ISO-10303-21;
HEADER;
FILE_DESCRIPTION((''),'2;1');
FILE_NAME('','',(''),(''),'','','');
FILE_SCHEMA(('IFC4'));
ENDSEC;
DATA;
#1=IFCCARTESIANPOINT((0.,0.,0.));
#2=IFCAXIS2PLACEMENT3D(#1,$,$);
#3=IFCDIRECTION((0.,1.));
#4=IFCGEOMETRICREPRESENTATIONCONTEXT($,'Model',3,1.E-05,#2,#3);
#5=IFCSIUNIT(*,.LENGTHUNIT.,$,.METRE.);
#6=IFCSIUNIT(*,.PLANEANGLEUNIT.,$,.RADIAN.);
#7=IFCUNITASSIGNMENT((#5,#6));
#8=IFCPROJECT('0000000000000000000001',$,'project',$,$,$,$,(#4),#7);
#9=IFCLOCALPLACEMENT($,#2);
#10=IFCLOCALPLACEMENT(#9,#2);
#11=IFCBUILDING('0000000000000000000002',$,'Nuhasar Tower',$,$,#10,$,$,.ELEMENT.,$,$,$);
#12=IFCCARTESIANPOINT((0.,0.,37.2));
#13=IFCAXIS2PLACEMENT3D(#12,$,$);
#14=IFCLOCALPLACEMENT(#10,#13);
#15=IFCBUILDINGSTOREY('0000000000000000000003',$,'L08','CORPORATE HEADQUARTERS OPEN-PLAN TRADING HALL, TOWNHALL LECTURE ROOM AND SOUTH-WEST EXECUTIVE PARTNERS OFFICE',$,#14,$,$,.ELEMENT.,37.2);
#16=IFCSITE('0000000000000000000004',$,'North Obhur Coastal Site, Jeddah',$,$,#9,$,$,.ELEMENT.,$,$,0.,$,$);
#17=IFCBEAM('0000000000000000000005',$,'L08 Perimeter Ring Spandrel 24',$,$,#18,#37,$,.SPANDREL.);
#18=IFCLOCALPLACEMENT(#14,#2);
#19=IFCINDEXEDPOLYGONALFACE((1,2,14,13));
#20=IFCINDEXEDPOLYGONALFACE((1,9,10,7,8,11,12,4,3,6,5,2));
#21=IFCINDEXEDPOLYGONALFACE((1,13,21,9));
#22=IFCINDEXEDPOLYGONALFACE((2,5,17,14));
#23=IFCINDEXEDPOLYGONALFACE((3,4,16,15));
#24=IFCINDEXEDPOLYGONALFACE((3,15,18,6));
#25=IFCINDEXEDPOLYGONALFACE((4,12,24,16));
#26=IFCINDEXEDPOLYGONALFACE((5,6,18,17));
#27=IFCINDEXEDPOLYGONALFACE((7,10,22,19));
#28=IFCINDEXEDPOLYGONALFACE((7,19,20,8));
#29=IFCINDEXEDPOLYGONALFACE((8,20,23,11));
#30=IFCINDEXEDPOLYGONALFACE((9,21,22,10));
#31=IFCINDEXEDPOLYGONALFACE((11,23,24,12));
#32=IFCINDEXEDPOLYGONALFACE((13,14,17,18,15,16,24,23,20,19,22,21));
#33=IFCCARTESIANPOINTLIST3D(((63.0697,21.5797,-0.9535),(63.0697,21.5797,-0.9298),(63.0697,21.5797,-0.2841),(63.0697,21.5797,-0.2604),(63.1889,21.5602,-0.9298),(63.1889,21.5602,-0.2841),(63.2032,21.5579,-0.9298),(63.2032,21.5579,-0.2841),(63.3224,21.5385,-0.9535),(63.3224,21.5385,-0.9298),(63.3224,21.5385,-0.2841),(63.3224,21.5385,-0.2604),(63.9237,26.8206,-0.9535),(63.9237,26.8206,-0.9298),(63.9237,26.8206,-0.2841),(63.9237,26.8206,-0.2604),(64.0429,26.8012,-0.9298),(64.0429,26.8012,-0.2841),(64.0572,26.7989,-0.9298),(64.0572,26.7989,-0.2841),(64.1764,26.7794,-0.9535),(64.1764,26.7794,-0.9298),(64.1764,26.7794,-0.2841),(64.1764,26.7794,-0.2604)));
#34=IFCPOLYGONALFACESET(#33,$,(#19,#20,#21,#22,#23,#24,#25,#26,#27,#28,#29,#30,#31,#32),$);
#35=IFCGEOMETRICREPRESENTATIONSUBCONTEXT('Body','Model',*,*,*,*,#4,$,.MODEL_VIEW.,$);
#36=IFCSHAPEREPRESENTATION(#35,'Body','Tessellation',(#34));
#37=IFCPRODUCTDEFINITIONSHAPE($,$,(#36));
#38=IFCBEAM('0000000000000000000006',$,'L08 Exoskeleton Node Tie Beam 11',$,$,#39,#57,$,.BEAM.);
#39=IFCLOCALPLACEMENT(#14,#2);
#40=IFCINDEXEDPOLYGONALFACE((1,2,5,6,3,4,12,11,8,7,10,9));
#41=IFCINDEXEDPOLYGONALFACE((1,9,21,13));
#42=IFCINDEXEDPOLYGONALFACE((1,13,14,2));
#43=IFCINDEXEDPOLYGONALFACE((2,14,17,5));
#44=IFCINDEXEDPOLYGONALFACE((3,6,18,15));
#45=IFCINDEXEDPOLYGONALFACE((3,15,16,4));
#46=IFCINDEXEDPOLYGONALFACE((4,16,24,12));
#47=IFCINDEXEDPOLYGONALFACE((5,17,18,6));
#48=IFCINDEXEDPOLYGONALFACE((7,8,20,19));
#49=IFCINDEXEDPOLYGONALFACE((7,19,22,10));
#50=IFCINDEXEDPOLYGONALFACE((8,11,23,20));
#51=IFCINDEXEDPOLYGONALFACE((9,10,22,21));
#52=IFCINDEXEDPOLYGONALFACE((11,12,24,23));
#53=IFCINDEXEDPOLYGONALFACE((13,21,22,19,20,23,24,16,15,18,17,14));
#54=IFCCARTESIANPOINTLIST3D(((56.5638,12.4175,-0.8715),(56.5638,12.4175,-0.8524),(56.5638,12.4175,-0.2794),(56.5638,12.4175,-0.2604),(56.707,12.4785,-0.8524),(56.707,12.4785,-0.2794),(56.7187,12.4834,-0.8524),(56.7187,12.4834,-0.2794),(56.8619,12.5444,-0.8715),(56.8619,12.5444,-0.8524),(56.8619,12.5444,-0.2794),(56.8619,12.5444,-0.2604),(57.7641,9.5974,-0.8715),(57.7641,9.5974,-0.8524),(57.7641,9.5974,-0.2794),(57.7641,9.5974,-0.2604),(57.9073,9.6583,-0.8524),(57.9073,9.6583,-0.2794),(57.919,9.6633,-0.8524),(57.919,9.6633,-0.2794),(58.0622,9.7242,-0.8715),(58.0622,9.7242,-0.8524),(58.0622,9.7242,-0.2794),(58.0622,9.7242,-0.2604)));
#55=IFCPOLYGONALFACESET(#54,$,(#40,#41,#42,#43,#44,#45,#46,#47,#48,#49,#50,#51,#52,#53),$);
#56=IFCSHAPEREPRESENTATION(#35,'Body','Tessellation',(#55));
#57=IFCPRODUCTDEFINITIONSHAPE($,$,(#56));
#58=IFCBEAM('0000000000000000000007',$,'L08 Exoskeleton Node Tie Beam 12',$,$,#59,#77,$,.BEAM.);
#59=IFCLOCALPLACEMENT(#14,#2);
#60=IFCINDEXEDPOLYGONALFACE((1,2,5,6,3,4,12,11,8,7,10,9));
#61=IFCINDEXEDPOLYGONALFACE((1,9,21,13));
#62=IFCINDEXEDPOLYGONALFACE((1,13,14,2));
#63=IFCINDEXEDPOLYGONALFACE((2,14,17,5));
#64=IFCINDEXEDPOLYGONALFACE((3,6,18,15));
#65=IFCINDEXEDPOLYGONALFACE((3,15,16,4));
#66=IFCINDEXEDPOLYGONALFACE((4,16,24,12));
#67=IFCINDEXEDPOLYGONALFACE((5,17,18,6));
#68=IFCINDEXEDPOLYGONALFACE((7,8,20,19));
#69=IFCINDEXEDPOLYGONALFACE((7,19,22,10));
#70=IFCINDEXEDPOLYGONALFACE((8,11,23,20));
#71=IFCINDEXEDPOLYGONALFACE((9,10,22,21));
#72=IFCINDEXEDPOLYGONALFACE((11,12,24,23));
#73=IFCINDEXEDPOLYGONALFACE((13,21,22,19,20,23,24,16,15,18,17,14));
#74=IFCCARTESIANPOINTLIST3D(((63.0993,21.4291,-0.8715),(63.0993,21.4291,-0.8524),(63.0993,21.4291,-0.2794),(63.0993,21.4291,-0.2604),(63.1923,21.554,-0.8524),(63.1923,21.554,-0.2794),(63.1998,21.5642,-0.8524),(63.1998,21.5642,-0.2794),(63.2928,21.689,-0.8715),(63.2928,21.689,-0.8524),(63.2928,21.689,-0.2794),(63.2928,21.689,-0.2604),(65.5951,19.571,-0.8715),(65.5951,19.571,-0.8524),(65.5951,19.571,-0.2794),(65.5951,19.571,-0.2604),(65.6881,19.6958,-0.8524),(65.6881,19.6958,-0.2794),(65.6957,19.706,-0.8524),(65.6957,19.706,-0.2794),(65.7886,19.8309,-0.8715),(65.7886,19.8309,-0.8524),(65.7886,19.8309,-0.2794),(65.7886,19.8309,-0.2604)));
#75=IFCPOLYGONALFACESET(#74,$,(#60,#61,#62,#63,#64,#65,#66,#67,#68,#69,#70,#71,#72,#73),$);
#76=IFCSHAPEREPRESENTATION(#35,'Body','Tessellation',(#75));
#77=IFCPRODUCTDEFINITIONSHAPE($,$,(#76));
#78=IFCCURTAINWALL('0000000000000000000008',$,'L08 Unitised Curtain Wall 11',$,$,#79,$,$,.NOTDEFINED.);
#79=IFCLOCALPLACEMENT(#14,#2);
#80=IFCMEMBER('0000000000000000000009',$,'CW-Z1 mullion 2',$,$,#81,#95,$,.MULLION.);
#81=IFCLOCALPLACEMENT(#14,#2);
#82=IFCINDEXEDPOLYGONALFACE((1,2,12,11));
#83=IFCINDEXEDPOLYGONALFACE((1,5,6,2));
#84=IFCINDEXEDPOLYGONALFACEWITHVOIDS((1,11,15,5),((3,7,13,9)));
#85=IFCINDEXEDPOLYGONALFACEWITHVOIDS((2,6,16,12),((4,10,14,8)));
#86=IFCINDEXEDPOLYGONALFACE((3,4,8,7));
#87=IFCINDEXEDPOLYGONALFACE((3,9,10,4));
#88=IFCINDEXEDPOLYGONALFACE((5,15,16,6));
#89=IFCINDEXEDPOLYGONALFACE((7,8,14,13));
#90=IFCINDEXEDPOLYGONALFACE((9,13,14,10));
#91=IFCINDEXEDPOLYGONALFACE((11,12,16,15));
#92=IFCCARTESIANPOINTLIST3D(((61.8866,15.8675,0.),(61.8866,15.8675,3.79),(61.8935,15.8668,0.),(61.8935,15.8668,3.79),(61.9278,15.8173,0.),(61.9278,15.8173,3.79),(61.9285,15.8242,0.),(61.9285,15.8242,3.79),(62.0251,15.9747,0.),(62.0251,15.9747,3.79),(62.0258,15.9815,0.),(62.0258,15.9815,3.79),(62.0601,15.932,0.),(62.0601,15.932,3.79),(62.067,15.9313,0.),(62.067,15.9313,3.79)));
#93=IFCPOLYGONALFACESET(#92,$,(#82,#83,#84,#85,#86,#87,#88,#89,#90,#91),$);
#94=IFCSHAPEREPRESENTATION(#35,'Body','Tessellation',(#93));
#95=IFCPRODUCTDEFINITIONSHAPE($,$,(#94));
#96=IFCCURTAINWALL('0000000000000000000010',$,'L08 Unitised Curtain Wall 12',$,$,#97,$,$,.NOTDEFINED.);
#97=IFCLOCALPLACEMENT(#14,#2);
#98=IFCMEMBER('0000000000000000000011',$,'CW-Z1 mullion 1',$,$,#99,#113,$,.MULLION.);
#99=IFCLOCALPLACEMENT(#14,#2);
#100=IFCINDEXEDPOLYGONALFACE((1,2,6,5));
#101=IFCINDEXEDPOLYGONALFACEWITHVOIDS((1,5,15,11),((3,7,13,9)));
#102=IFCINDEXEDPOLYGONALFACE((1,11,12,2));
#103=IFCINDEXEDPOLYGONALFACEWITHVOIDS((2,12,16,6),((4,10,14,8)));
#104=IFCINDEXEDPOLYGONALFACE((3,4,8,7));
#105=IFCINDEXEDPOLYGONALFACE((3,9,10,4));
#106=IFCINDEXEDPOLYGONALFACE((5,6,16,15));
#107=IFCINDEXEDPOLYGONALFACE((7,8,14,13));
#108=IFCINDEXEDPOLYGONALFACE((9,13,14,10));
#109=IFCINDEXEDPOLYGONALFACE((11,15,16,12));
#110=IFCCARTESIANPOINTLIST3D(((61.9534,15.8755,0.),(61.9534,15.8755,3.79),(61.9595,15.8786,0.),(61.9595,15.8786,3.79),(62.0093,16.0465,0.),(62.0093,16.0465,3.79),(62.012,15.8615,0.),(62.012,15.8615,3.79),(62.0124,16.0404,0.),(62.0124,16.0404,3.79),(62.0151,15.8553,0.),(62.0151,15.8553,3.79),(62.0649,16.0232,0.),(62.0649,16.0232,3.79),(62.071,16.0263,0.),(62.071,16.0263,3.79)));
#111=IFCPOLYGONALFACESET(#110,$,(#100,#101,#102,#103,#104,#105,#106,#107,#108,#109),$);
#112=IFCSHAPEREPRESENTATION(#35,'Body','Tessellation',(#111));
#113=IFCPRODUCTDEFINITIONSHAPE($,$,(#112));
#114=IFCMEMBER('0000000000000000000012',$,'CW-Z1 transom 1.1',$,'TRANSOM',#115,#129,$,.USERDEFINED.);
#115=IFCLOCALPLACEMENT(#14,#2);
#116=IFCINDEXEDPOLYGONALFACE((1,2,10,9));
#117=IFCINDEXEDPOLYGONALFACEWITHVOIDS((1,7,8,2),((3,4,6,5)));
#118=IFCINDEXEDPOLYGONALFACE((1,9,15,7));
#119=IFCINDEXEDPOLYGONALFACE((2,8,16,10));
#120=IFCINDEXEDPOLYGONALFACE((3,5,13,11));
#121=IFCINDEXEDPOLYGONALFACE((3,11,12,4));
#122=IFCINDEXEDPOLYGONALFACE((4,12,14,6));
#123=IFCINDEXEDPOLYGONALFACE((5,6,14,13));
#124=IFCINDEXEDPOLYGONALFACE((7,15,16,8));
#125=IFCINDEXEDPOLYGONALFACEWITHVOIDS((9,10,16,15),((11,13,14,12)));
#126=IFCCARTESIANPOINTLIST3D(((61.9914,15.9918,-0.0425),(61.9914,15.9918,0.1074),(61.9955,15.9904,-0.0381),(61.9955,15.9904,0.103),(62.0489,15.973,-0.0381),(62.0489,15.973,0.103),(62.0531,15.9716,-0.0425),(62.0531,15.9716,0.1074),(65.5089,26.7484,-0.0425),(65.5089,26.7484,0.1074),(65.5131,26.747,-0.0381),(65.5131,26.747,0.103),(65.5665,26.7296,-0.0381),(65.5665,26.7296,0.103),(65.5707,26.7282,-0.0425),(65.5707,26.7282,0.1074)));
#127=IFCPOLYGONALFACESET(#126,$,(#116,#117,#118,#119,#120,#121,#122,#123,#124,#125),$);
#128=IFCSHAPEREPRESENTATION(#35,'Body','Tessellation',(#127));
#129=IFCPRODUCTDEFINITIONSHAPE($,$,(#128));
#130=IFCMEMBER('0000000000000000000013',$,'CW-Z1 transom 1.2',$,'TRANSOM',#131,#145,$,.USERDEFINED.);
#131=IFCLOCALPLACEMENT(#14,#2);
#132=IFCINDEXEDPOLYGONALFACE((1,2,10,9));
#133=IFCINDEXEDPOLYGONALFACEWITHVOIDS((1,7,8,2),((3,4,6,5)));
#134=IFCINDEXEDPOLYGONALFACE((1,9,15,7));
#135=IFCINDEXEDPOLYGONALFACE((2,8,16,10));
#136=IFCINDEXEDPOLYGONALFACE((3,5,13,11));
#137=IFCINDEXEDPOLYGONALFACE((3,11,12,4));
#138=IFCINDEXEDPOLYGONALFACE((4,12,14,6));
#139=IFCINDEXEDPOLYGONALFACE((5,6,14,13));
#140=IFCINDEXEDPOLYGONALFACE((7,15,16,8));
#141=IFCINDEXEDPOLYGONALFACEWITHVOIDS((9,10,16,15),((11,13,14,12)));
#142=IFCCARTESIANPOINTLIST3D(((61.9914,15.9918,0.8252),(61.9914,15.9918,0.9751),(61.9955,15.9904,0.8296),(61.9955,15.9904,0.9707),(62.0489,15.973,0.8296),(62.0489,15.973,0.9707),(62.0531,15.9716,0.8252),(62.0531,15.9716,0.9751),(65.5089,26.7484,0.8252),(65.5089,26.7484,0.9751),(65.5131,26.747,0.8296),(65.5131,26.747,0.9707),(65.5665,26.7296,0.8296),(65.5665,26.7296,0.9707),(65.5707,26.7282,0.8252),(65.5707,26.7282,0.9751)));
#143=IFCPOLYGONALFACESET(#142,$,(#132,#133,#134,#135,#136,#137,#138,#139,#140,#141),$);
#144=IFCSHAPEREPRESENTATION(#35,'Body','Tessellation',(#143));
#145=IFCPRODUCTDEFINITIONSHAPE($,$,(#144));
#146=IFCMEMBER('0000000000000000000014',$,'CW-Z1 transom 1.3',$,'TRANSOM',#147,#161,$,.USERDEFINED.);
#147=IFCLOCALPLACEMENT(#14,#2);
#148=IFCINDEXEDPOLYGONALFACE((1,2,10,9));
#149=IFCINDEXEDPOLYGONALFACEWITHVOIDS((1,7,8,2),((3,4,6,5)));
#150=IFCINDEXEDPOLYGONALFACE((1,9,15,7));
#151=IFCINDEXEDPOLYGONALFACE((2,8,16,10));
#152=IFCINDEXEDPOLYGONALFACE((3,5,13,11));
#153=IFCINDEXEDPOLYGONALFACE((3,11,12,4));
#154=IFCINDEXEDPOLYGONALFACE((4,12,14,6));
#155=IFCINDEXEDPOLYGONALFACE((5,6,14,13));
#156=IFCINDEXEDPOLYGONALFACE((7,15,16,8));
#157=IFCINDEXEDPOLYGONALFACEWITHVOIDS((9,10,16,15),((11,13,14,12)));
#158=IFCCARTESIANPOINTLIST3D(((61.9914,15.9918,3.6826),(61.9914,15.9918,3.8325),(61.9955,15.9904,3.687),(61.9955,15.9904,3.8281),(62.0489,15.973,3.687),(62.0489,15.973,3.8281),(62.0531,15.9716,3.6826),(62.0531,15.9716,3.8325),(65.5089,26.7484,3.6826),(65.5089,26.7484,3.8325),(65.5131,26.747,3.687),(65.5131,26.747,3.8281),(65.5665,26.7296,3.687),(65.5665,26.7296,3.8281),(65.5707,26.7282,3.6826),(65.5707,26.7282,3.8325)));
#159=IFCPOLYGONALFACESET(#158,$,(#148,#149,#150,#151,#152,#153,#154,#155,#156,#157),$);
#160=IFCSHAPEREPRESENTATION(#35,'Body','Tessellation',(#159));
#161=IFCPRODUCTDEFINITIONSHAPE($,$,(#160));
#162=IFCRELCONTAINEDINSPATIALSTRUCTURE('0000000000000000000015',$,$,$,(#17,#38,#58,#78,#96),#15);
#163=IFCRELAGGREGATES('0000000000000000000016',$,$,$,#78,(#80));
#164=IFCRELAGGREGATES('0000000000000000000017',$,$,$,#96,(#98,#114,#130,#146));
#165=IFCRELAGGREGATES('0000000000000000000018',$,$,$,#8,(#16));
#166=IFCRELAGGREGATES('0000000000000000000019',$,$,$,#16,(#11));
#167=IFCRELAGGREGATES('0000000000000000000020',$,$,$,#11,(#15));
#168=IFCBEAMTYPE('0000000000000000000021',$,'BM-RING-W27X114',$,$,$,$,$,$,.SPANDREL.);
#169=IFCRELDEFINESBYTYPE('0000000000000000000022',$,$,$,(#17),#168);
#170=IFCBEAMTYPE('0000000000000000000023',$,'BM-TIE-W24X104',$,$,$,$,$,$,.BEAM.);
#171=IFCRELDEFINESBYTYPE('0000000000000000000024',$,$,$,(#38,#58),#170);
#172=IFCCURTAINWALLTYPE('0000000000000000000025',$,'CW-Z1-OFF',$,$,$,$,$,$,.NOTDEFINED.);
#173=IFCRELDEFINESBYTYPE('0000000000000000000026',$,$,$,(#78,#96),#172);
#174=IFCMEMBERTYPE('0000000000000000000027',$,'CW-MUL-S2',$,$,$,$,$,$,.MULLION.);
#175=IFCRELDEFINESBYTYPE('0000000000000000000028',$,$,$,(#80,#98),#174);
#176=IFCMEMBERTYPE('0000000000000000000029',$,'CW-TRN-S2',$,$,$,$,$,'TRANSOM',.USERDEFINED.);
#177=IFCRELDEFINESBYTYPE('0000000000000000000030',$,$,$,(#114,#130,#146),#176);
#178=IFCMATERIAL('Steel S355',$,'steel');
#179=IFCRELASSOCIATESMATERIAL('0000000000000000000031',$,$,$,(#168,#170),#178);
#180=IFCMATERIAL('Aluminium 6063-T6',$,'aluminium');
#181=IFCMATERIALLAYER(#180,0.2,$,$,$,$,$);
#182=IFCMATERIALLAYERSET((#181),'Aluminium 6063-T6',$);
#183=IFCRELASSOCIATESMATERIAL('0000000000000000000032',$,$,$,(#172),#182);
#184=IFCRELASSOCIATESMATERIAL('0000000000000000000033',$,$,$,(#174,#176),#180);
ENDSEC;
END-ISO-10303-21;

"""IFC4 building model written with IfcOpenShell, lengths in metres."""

from ifc_helpers import new_model, si_unit, direction, frame, origin, origin_2d, place, context, subcontext, project, spatial, hollow_rectangle, i_section, extrude, material, layer, layer_set, material_profile, profile_set, type_object, element, aggregate, save


model = new_model("IFC4")

# Units and contexts
model_context = context("Model", 3, precision=1e-05, world=origin(), true_north=direction((0.0, 1.0)))
body_context = subcontext(model_context, "Body", "Model", "MODEL_VIEW")
ifc_project = project(units=[si_unit("LENGTHUNIT", "METRE"), si_unit("PLANEANGLEUNIT", "RADIAN")], contexts=[model_context])

# Site, building, storey
site_placement = place(None, origin())
site = spatial("IfcSite", under=ifc_project, at=site_placement, Name="North Obhur Coastal Site, Jeddah", CompositionType="ELEMENT", RefElevation=0.0)
building_placement = place(site_placement, origin())
building = spatial("IfcBuilding", under=site, at=building_placement, Name="Nuhasar Tower", CompositionType="ELEMENT")
storey_placement = place(building_placement, frame((0.0, 0.0, 37.2)))
storey = spatial("IfcBuildingStorey", under=building, at=storey_placement, Name="L08", Description="CORPORATE HEADQUARTERS OPEN-PLAN TRADING HALL, TOWNHALL LECTURE ROOM AND SOUTH-WEST EXECUTIVE PARTNERS OFFICE", CompositionType="ELEMENT", Elevation=37.2)

# Beams
ifc_material_1 = material(Name="Steel S355", Category="steel")
ifc_material_profile_1 = material_profile(ifc_material_1, i_section(OverallWidth=0.2561, OverallDepth=0.6931, WebThickness=0.0144, FlangeThickness=0.0237, at=origin_2d()), Name="W27X114")
ifc_profile_set_1 = profile_set([ifc_material_profile_1], Name="Steel S355")
beam_type_1 = type_object("IfcBeamType", Name="BM-RING-W27X114", PredefinedType="SPANDREL", material=ifc_profile_set_1)
beam_1_placement = place(storey_placement, frame((63.196, 21.5591, -0.6069), z_axis=(0.160827, 0.986983, 0.0), x_axis=(-0.986983, 0.160827, 0.0)))
element("IfcBeam", 1, at=beam_1_placement, inside=storey, type_object=beam_type_1, Name="L08 Perimeter Ring Spandrel 24", PredefinedType="SPANDREL", context=body_context, shape_type="SweptSolid", body=[
    extrude(i_section(OverallWidth=0.2561, OverallDepth=0.6931, WebThickness=0.0144, FlangeThickness=0.0237, at=origin_2d()), origin(), (0.0, 0.0, 1.0), 5.3101),
])
ifc_material_profile_2 = material_profile(ifc_material_1, i_section(OverallWidth=0.324, OverallDepth=0.6111, WebThickness=0.0127, FlangeThickness=0.019, at=origin_2d()), Name="W24X104")
ifc_profile_set_2 = profile_set([ifc_material_profile_2], Name="Steel S355")
beam_type_2 = type_object("IfcBeamType", Name="BM-TIE-W24X104", PredefinedType="BEAM", material=ifc_profile_set_2)
beam_2_placement = place(storey_placement, frame((56.7129, 12.481, -0.5659), z_axis=(0.391601, -0.920135, 0.0), x_axis=(0.920135, 0.391601, 0.0)))
element("IfcBeam", 2, at=beam_2_placement, inside=storey, type_object=beam_type_2, Name="L08 Exoskeleton Node Tie Beam 11", PredefinedType="BEAM", context=body_context, shape_type="SweptSolid", body=[
    extrude(i_section(OverallWidth=0.324, OverallDepth=0.6111, WebThickness=0.0127, FlangeThickness=0.019, at=origin_2d()), origin(), (0.0, 0.0, 1.0), 3.0649),
])
beam_3_placement = place(storey_placement, frame((63.196, 21.5591, -0.5659), z_axis=(0.802113, -0.597172, 0.0), x_axis=(0.597172, 0.802113, 0.0)))
element("IfcBeam", 3, at=beam_3_placement, inside=storey, type_object=beam_type_2, Name="L08 Exoskeleton Node Tie Beam 12", PredefinedType="BEAM", context=body_context, shape_type="SweptSolid", body=[
    extrude(i_section(OverallWidth=0.324, OverallDepth=0.6111, WebThickness=0.0127, FlangeThickness=0.019, at=origin_2d()), origin(), (0.0, 0.0, 1.0), 3.1116),
])

# Curtain wall, member
ifc_material_2 = material(Name="Aluminium 6063-T6", Category="aluminium")
ifc_layer_1 = layer(ifc_material_2, 0.2)
ifc_layer_set_1 = layer_set([ifc_layer_1], Name="Aluminium 6063-T6")
curtain_wall_type = type_object("IfcCurtainWallType", Name="CW-Z1-OFF", PredefinedType="NOTDEFINED", material=ifc_layer_set_1)
curtain_wall_1_placement = place(storey_placement, origin())
curtain_wall_1 = element("IfcCurtainWall", 4, at=curtain_wall_1_placement, inside=storey, type_object=curtain_wall_type, Name="L08 Unitised Curtain Wall 11", PredefinedType="NOTDEFINED")
ifc_material_profile_3 = material_profile(ifc_material_2, hollow_rectangle(XDim=0.0649, YDim=0.1799, WallThickness=0.0049, at=origin_2d()), Name="CWM-2")
ifc_profile_set_3 = profile_set([ifc_material_profile_3], Name="Aluminium 6063-T6")
member_type_1 = type_object("IfcMemberType", Name="CW-MUL-S2", PredefinedType="MULLION", material=ifc_profile_set_3)
member_1_placement = place(storey_placement, frame((61.9768, 15.8994, 0.0), z_axis=(0.0, 0.0, 1.0), x_axis=(-0.633745, 0.773542, 0.0)))
member_1 = element("IfcMember", 5, at=member_1_placement, type_object=member_type_1, Name="CW-Z1 mullion 2", PredefinedType="MULLION", context=body_context, shape_type="SweptSolid", body=[
    extrude(hollow_rectangle(XDim=0.0649, YDim=0.1799, WallThickness=0.0049, at=origin_2d()), origin(), (0.0, 0.0, 1.0), 3.79),
])

# Curtain wall, members
curtain_wall_2_placement = place(storey_placement, origin())
curtain_wall_2 = element("IfcCurtainWall", 6, at=curtain_wall_2_placement, inside=storey, type_object=curtain_wall_type, Name="L08 Unitised Curtain Wall 12", PredefinedType="NOTDEFINED")
member_2_placement = place(storey_placement, frame((62.0122, 15.9509, 0.0), z_axis=(0.0, 0.0, 1.0), x_axis=(-0.950468, 0.310824, 0.0)))
member_2 = element("IfcMember", 7, at=member_2_placement, type_object=member_type_1, Name="CW-Z1 mullion 1", PredefinedType="MULLION", context=body_context, shape_type="SweptSolid", body=[
    extrude(hollow_rectangle(XDim=0.0649, YDim=0.1799, WallThickness=0.0049, at=origin_2d()), origin(), (0.0, 0.0, 1.0), 3.79),
])
ifc_material_profile_4 = material_profile(ifc_material_2, hollow_rectangle(XDim=0.0649, YDim=0.1499, WallThickness=0.0044, at=origin_2d()), Name="CWT-2")
ifc_profile_set_4 = profile_set([ifc_material_profile_4], Name="Aluminium 6063-T6")
member_type_2 = type_object("IfcMemberType", Name="CW-TRN-S2", ElementType="TRANSOM", PredefinedType="USERDEFINED", material=ifc_profile_set_4)
member_3_placement = place(storey_placement, frame((62.0222, 15.9817, 0.0325), z_axis=(0.310819, 0.950469, 0.0), x_axis=(-0.950469, 0.310819, 0.0)))
member_3 = element("IfcMember", 8, at=member_3_placement, type_object=member_type_2, Name="CW-Z1 transom 1.1", ObjectType="TRANSOM", PredefinedType="USERDEFINED", context=body_context, shape_type="SweptSolid", body=[
    extrude(hollow_rectangle(XDim=0.0649, YDim=0.1499, WallThickness=0.0044, at=origin_2d()), origin(), (0.0, 0.0, 1.0), 11.3171),
])
member_4_placement = place(storey_placement, frame((62.0222, 15.9817, 0.9001), z_axis=(0.310819, 0.950469, 0.0), x_axis=(-0.950469, 0.310819, 0.0)))
member_4 = element("IfcMember", 9, at=member_4_placement, type_object=member_type_2, Name="CW-Z1 transom 1.2", ObjectType="TRANSOM", PredefinedType="USERDEFINED", context=body_context, shape_type="SweptSolid", body=[
    extrude(hollow_rectangle(XDim=0.0649, YDim=0.1499, WallThickness=0.0044, at=origin_2d()), origin(), (0.0, 0.0, 1.0), 11.3171),
])
member_5_placement = place(storey_placement, frame((62.0222, 15.9817, 3.7576), z_axis=(0.310819, 0.950469, 0.0), x_axis=(-0.950469, 0.310819, 0.0)))
member_5 = element("IfcMember", 10, at=member_5_placement, type_object=member_type_2, Name="CW-Z1 transom 1.3", ObjectType="TRANSOM", PredefinedType="USERDEFINED", context=body_context, shape_type="SweptSolid", body=[
    extrude(hollow_rectangle(XDim=0.0649, YDim=0.1499, WallThickness=0.0044, at=origin_2d()), origin(), (0.0, 0.0, 1.0), 11.3171),
])

aggregate(curtain_wall_1, [member_1])
aggregate(curtain_wall_2, [member_2, member_3, member_4, member_5])

save(model, "model.ifc")
